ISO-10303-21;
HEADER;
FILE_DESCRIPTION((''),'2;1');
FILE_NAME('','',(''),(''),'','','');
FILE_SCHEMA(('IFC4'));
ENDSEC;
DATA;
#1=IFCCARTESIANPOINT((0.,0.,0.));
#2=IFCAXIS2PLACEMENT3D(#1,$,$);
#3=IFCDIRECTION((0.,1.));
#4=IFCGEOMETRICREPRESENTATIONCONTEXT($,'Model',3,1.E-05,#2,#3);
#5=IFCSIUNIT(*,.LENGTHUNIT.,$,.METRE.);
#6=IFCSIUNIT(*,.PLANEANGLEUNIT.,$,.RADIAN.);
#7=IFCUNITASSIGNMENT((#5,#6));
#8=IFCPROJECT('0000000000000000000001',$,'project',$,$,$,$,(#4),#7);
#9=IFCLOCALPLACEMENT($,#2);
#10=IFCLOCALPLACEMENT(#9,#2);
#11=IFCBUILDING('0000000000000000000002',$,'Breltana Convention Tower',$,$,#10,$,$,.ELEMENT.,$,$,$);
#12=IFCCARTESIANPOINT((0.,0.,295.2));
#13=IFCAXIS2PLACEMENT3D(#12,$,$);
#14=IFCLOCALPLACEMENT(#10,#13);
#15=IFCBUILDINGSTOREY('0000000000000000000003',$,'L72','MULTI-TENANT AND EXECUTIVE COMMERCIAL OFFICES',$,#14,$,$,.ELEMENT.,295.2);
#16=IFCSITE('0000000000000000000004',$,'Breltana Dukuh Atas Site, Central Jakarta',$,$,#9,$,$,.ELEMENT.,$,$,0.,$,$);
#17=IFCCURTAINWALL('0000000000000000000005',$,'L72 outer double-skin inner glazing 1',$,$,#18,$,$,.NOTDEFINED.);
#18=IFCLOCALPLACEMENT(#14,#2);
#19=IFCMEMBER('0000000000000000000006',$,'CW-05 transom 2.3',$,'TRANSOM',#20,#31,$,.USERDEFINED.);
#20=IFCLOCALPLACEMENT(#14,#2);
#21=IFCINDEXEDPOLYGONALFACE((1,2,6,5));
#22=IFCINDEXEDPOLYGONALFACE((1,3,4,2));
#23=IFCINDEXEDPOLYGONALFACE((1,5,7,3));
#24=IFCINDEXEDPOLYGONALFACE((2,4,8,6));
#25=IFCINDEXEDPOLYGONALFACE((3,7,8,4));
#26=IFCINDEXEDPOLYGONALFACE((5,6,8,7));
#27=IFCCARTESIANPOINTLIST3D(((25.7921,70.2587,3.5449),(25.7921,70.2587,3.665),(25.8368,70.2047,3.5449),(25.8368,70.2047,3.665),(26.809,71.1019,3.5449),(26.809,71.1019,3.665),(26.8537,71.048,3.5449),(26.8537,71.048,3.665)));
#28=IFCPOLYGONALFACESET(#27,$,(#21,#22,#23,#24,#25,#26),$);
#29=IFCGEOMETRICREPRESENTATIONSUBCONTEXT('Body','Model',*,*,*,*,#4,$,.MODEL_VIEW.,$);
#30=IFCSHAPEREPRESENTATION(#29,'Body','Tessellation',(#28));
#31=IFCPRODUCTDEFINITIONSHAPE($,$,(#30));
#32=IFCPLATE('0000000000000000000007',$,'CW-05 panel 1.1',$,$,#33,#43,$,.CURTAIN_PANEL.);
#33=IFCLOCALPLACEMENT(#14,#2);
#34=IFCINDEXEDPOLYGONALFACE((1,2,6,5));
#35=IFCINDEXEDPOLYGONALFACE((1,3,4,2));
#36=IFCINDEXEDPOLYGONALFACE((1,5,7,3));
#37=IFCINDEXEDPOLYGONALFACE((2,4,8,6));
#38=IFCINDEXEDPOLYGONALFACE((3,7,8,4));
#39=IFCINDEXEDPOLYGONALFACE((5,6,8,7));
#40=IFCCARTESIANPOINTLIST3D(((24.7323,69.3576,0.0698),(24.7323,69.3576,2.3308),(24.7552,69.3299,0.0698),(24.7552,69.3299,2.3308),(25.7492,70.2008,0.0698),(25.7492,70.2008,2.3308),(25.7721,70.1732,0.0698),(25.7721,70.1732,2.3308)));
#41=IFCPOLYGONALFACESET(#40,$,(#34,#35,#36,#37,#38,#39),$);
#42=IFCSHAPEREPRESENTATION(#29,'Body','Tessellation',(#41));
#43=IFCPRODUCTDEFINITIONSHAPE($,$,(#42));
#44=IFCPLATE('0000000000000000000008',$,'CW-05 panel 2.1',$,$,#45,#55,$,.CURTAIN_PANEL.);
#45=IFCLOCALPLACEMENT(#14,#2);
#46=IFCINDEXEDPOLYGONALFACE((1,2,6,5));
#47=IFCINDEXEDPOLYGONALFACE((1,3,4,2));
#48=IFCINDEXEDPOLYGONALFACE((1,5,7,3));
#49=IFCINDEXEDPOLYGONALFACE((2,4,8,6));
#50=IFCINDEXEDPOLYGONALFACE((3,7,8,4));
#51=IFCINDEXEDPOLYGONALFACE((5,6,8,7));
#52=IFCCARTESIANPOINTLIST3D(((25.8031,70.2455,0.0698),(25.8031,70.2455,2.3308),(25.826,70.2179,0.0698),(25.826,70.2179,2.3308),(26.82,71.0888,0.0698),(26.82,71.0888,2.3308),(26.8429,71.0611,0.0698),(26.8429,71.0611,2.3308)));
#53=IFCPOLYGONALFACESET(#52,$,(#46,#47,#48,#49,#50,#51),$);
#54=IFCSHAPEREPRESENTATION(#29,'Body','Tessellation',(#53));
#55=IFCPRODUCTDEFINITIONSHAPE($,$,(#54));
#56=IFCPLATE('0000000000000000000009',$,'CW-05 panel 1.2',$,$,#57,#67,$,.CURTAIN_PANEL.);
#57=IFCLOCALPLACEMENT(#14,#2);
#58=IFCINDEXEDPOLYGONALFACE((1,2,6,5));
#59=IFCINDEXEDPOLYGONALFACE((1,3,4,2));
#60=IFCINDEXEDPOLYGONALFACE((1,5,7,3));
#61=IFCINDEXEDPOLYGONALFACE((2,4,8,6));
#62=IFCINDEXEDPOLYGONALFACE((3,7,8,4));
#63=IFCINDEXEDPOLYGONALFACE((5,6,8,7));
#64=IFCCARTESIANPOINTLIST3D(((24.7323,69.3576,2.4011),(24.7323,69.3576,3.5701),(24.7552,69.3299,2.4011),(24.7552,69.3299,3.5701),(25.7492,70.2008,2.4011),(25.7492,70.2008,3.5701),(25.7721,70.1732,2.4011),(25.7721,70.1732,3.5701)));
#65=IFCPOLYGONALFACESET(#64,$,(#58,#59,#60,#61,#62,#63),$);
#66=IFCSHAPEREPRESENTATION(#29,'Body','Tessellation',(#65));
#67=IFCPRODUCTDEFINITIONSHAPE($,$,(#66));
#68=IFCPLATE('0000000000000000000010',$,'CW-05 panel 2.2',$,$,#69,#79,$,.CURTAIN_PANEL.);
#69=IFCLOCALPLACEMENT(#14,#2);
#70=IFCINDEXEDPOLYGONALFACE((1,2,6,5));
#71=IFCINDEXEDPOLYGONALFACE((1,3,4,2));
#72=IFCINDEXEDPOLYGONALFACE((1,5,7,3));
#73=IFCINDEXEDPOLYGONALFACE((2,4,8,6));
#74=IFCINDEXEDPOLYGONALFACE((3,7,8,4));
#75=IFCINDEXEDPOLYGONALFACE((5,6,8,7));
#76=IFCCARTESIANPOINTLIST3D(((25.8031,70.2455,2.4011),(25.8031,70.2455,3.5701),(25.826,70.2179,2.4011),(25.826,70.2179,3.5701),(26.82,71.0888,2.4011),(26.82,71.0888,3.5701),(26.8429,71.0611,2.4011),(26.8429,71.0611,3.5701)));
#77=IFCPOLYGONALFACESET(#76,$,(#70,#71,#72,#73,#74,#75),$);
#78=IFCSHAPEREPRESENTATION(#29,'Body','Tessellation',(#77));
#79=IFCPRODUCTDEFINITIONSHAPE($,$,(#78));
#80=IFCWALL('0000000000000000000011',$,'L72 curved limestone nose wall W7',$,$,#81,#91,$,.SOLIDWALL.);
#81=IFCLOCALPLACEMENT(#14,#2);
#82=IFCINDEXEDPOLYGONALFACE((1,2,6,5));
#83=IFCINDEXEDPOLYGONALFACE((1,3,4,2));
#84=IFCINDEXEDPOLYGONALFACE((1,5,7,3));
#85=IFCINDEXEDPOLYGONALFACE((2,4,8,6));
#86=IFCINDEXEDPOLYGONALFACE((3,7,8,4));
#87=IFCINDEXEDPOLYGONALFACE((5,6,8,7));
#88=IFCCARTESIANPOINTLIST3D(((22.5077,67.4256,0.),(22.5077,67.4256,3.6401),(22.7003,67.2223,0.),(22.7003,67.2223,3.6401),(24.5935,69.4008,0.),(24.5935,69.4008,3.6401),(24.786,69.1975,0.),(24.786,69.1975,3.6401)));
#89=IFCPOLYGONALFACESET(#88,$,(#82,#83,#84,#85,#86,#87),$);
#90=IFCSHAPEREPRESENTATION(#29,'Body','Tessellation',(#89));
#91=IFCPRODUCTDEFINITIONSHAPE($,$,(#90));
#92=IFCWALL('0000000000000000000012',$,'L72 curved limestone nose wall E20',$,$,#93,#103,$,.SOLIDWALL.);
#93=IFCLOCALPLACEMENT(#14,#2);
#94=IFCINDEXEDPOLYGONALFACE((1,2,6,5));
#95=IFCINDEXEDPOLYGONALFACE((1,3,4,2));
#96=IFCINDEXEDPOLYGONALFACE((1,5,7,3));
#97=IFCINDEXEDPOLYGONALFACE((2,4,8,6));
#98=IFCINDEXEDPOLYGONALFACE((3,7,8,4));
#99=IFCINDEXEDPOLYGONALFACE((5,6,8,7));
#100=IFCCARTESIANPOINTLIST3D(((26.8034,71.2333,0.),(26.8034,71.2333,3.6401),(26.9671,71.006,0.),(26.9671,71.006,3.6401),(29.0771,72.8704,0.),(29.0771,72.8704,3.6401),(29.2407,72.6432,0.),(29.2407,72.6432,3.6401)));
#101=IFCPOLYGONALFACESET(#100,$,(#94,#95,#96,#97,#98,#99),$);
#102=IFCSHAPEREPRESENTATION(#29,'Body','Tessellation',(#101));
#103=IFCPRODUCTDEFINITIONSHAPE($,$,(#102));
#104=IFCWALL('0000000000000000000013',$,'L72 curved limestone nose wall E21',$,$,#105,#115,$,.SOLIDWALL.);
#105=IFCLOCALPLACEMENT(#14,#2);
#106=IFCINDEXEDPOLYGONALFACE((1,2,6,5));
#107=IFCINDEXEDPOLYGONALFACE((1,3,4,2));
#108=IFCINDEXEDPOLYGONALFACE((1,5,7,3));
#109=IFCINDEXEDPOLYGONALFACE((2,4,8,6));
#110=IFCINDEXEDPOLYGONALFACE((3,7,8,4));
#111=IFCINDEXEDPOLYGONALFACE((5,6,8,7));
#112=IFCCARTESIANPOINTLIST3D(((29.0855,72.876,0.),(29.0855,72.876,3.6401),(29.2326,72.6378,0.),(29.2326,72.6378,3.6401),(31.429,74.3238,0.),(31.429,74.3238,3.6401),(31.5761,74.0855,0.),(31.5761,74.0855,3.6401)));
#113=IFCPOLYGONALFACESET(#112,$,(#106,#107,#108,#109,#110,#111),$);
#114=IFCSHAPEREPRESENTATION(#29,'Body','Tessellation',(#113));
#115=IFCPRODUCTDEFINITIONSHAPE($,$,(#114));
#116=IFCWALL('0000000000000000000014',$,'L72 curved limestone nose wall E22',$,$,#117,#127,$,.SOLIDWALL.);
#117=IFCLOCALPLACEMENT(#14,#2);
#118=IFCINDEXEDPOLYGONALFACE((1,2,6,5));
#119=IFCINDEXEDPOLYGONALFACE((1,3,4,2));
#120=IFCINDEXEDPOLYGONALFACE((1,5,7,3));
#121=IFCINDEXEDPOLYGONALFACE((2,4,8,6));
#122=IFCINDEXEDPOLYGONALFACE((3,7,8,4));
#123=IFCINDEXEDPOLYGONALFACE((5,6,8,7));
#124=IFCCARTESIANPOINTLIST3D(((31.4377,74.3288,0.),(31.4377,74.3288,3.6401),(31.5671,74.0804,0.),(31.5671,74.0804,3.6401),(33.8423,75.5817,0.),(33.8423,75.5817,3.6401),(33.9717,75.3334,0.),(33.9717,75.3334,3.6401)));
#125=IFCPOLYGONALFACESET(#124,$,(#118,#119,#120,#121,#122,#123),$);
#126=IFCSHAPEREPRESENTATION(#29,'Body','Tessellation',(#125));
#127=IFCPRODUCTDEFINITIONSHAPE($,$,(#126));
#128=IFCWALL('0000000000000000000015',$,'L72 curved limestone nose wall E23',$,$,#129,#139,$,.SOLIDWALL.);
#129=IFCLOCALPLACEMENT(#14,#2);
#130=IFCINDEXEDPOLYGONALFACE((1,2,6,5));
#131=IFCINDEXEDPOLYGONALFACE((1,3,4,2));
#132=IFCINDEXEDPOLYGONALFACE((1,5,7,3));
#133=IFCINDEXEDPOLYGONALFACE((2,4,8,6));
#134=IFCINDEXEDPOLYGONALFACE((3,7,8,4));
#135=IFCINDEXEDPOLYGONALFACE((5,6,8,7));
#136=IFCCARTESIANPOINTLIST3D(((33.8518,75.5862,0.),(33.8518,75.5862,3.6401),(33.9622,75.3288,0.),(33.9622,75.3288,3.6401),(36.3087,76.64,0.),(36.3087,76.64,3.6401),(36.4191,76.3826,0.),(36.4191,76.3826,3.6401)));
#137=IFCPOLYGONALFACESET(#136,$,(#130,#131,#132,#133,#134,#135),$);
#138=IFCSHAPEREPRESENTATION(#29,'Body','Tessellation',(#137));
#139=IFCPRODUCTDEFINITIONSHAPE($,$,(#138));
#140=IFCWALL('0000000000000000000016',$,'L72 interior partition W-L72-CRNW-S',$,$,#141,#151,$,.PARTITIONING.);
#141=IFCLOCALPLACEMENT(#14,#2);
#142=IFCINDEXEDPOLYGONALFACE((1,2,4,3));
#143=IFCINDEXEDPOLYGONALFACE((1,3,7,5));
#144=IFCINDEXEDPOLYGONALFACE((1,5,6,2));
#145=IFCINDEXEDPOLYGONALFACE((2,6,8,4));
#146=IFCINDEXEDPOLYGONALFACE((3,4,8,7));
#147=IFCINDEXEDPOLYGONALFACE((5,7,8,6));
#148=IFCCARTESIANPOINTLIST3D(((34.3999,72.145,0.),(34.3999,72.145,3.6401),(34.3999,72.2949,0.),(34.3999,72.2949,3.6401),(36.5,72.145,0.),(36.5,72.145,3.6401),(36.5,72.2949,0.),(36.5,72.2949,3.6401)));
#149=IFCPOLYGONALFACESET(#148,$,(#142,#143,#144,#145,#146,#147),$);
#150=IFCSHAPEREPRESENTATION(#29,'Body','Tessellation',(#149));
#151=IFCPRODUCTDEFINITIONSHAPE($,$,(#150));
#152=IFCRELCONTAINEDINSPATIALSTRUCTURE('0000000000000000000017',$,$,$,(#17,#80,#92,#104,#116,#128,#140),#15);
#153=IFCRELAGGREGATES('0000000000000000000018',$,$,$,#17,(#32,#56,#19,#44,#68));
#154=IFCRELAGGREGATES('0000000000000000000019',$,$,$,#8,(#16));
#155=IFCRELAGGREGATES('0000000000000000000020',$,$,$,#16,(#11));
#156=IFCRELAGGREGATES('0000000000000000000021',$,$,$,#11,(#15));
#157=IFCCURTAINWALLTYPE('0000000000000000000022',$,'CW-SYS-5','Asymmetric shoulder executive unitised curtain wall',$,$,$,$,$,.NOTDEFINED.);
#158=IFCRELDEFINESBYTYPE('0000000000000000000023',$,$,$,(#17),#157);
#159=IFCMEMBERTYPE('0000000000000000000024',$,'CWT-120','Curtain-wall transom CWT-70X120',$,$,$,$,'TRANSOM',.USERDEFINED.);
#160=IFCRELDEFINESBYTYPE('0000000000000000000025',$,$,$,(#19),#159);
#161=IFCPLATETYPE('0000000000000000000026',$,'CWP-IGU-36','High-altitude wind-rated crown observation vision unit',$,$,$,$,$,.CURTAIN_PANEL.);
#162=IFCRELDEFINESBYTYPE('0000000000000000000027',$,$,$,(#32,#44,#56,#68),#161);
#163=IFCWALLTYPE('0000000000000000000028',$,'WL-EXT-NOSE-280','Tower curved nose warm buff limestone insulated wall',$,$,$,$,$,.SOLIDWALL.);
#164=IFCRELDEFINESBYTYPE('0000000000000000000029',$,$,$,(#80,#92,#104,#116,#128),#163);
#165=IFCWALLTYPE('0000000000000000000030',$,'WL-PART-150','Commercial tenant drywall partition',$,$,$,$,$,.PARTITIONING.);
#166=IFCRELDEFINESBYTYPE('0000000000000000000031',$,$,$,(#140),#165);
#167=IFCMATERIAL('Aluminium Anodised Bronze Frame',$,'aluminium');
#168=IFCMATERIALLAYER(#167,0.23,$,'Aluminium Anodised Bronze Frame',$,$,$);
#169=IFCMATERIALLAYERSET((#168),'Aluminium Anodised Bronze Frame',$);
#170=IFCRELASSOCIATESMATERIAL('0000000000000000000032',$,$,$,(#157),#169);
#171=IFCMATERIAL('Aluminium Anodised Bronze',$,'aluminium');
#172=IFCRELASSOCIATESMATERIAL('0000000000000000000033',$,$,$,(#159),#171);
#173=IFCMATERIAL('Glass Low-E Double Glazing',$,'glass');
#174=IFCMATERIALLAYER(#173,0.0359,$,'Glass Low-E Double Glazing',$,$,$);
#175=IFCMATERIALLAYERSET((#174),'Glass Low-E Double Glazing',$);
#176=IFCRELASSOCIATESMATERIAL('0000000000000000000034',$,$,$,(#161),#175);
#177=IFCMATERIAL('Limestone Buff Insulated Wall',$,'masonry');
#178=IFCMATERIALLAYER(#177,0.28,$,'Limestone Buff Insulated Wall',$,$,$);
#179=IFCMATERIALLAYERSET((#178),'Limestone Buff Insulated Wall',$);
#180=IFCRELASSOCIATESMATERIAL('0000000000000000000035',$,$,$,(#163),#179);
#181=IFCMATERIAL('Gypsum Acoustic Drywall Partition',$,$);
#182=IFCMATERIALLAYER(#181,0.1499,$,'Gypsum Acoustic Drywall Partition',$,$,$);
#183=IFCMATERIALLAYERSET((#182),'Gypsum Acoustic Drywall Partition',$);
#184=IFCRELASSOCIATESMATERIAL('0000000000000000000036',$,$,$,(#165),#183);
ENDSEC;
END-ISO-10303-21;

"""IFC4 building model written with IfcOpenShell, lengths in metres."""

from ifc_helpers import new_model, si_unit, direction, frame, frame_2d, origin, origin_2d, place, context, subcontext, project, spatial, rectangle, extrude, source, transform, mapped, material, layer, layer_set, material_profile, profile_set, type_object, element, aggregate, save


model = new_model("IFC4")

# Units and contexts
model_context = context("Model", 3, precision=1e-05, world=origin(), true_north=direction((0.0, 1.0)))
body_context = subcontext(model_context, "Body", "Model", "MODEL_VIEW")
ifc_project = project(units=[si_unit("LENGTHUNIT", "METRE"), si_unit("PLANEANGLEUNIT", "RADIAN")], contexts=[model_context])

# Site, building, storey
site_placement = place(None, origin())
site = spatial("IfcSite", under=ifc_project, at=site_placement, Name="Breltana Dukuh Atas Site, Central Jakarta", CompositionType="ELEMENT", RefElevation=0.0)
building_placement = place(site_placement, origin())
building = spatial("IfcBuilding", under=site, at=building_placement, Name="Breltana Convention Tower", CompositionType="ELEMENT")
storey_placement = place(building_placement, frame((0.0, 0.0, 295.2)))
storey = spatial("IfcBuildingStorey", under=building, at=storey_placement, Name="L72", Description="MULTI-TENANT AND EXECUTIVE COMMERCIAL OFFICES", CompositionType="ELEMENT", Elevation=295.2)

# Curtain wall, member, plates
ifc_material_1 = material(Name="Aluminium Anodised Bronze Frame", Category="aluminium")
ifc_layer_1 = layer(ifc_material_1, 0.23, Name="Aluminium Anodised Bronze Frame")
ifc_layer_set_1 = layer_set([ifc_layer_1], Name="Aluminium Anodised Bronze Frame")
curtain_wall_type = type_object("IfcCurtainWallType", Name="CW-SYS-5", Description="Asymmetric shoulder executive unitised curtain wall", PredefinedType="NOTDEFINED", material=ifc_layer_set_1)
curtain_wall_placement = place(storey_placement, origin())
curtain_wall = element("IfcCurtainWall", 1, at=curtain_wall_placement, inside=storey, type_object=curtain_wall_type, Name="L72 outer double-skin inner glazing 1", PredefinedType="NOTDEFINED")
ifc_material_2 = material(Name="Aluminium Anodised Bronze", Category="aluminium")
ifc_material_profile_1 = material_profile(ifc_material_2, rectangle(XDim=0.0701, YDim=0.1201, at=origin_2d()), Name="CWT-70X120")
ifc_profile_set_1 = profile_set([ifc_material_profile_1], Name="Aluminium Anodised Bronze")
member_type_1 = type_object("IfcMemberType", Name="CWT-120", Description="Curtain-wall transom CWT-70X120", ElementType="TRANSOM", PredefinedType="USERDEFINED", material=ifc_profile_set_1)
shared_shape_1 = source(origin(), body_context, "Body", "SweptSolid", [
    extrude(rectangle(XDim=0.0701, YDim=0.1201, at=origin_2d()), origin(), (0.0, 0.0, 1.0), 1.321),
])
member_1_placement = place(storey_placement, frame((25.8145, 70.2317, 3.605), z_axis=(0.769749, 0.638347, 0.0), x_axis=(-0.638347, 0.769749, 0.0)))
member_1 = element("IfcMember", 2, at=member_1_placement, type_object=member_type_1, Name="CW-05 transom 2.3", ObjectType="TRANSOM", PredefinedType="USERDEFINED", context=body_context, shape_type="MappedRepresentation", body=[
    mapped(shared_shape_1, transform((0.0, 0.0, 0.0), scale=1.0)),
])
ifc_material_3 = material(Name="Glass Low-E Double Glazing", Category="glass")
ifc_layer_2 = layer(ifc_material_3, 0.0359, Name="Glass Low-E Double Glazing")
ifc_layer_set_2 = layer_set([ifc_layer_2], Name="Glass Low-E Double Glazing")
plate_type = type_object("IfcPlateType", Name="CWP-IGU-36", Description="High-altitude wind-rated crown observation vision unit", PredefinedType="CURTAIN_PANEL", material=ifc_layer_set_2)
shared_shape_2 = source(origin(), body_context, "Body", "SweptSolid", [
    extrude(rectangle(XDim=1.321, YDim=0.0359, at=origin_2d()), origin(), (0.0, 0.0, 1.0), 2.261),
])
plate_1_placement = place(storey_placement, frame((25.2522, 69.7654, 0.0698), z_axis=(0.0, 0.0, 1.0), x_axis=(0.769771, 0.63832, 0.0)))
plate_1 = element("IfcPlate", 3, at=plate_1_placement, type_object=plate_type, Name="CW-05 panel 1.1", PredefinedType="CURTAIN_PANEL", context=body_context, shape_type="MappedRepresentation", body=[
    mapped(shared_shape_2, transform((0.0, 0.0, 0.0), scale=1.0)),
])
plate_2_placement = place(storey_placement, frame((26.323, 70.6533, 0.0698), z_axis=(0.0, 0.0, 1.0), x_axis=(0.769771, 0.63832, 0.0)))
plate_2 = element("IfcPlate", 4, at=plate_2_placement, type_object=plate_type, Name="CW-05 panel 2.1", PredefinedType="CURTAIN_PANEL", context=body_context, shape_type="MappedRepresentation", body=[
    mapped(shared_shape_2, transform((0.0, 0.0, 0.0), scale=1.0)),
])
shared_shape_3 = source(origin(), body_context, "Body", "SweptSolid", [
    extrude(rectangle(XDim=1.321, YDim=0.0359, at=origin_2d()), origin(), (0.0, 0.0, 1.0), 1.1689),
])
plate_3_placement = place(storey_placement, frame((25.2522, 69.7654, 2.4011), z_axis=(0.0, 0.0, 1.0), x_axis=(0.769771, 0.63832, 0.0)))
plate_3 = element("IfcPlate", 5, at=plate_3_placement, type_object=plate_type, Name="CW-05 panel 1.2", PredefinedType="CURTAIN_PANEL", context=body_context, shape_type="MappedRepresentation", body=[
    mapped(shared_shape_3, transform((0.0, 0.0, 0.0), scale=1.0)),
])
plate_4_placement = place(storey_placement, frame((26.323, 70.6533, 2.4011), z_axis=(0.0, 0.0, 1.0), x_axis=(0.769771, 0.63832, 0.0)))
plate_4 = element("IfcPlate", 6, at=plate_4_placement, type_object=plate_type, Name="CW-05 panel 2.2", PredefinedType="CURTAIN_PANEL", context=body_context, shape_type="MappedRepresentation", body=[
    mapped(shared_shape_3, transform((0.0, 0.0, 0.0), scale=1.0)),
])
aggregate(curtain_wall, [plate_1, plate_3, member_1, plate_2, plate_4])

# Walls
ifc_material_4 = material(Name="Limestone Buff Insulated Wall", Category="masonry")
ifc_layer_3 = layer(ifc_material_4, 0.28, Name="Limestone Buff Insulated Wall")
ifc_layer_set_3 = layer_set([ifc_layer_3], Name="Limestone Buff Insulated Wall")
wall_type_1 = type_object("IfcWallType", Name="WL-EXT-NOSE-280", Description="Tower curved nose warm buff limestone insulated wall", PredefinedType="SOLIDWALL", material=ifc_layer_set_3)
shared_shape_4 = source(origin(), body_context, "Body", "SweptSolid", [
    extrude(rectangle(XDim=2.8726, YDim=0.28, at=frame_2d((1.4363, 0.0))), origin(), (0.0, 0.0, 1.0), 3.6401),
])
wall_1_placement = place(storey_placement, frame((22.604, 67.324, 0.0), z_axis=(0.0, 0.0, 1.0), x_axis=(0.726096, 0.687594, 0.0)))
element("IfcWall", 7, at=wall_1_placement, inside=storey, type_object=wall_type_1, Name="L72 curved limestone nose wall W7", PredefinedType="SOLIDWALL", context=body_context, shape_type="MappedRepresentation", body=[
    mapped(shared_shape_4, transform((0.0, 0.0, 0.0), scale=1.0)),
])
shared_shape_5 = source(origin(), body_context, "Body", "SweptSolid", [
    extrude(rectangle(XDim=2.8018, YDim=0.28, at=frame_2d((1.4009, 0.0))), origin(), (0.0, 0.0, 1.0), 3.6401),
])
wall_2_placement = place(storey_placement, frame((26.8853, 71.1196, 0.0), z_axis=(0.0, 0.0, 1.0), x_axis=(0.811508, 0.584341, 0.0)))
element("IfcWall", 8, at=wall_2_placement, inside=storey, type_object=wall_type_1, Name="L72 curved limestone nose wall E20", PredefinedType="SOLIDWALL", context=body_context, shape_type="MappedRepresentation", body=[
    mapped(shared_shape_5, transform((0.0, 0.0, 0.0), scale=1.0)),
])
shared_shape_6 = source(origin(), body_context, "Body", "SweptSolid", [
    extrude(rectangle(XDim=2.7546, YDim=0.28, at=frame_2d((1.3774, 0.0))), origin(), (0.0, 0.0, 1.0), 3.6401),
])
wall_3_placement = place(storey_placement, frame((29.1589, 72.7568, 0.0), z_axis=(0.0, 0.0, 1.0), x_axis=(0.85075, 0.52557, 0.0)))
element("IfcWall", 9, at=wall_3_placement, inside=storey, type_object=wall_type_1, Name="L72 curved limestone nose wall E21", PredefinedType="SOLIDWALL", context=body_context, shape_type="MappedRepresentation", body=[
    mapped(shared_shape_6, transform((0.0, 0.0, 0.0), scale=1.0)),
])
shared_shape_7 = source(origin(), body_context, "Body", "SweptSolid", [
    extrude(rectangle(XDim=2.7114, YDim=0.28, at=frame_2d((1.3557, 0.0))), origin(), (0.0, 0.0, 1.0), 3.6401),
])
wall_4_placement = place(storey_placement, frame((31.5024, 74.2046, 0.0), z_axis=(0.0, 0.0, 1.0), x_axis=(0.886829, 0.462098, 0.0)))
element("IfcWall", 10, at=wall_4_placement, inside=storey, type_object=wall_type_1, Name="L72 curved limestone nose wall E22", PredefinedType="SOLIDWALL", context=body_context, shape_type="MappedRepresentation", body=[
    mapped(shared_shape_7, transform((0.0, 0.0, 0.0), scale=1.0)),
])
shared_shape_8 = source(origin(), body_context, "Body", "SweptSolid", [
    extrude(rectangle(XDim=2.6733, YDim=0.28, at=frame_2d((1.3367, 0.0))), origin(), (0.0, 0.0, 1.0), 3.6401),
])
wall_5_placement = place(storey_placement, frame((33.907, 75.4575, 0.0), z_axis=(0.0, 0.0, 1.0), x_axis=(0.919036, 0.394173, 0.0)))
element("IfcWall", 11, at=wall_5_placement, inside=storey, type_object=wall_type_1, Name="L72 curved limestone nose wall E23", PredefinedType="SOLIDWALL", context=body_context, shape_type="MappedRepresentation", body=[
    mapped(shared_shape_8, transform((0.0, 0.0, 0.0), scale=1.0)),
])
ifc_material_5 = material(Name="Gypsum Acoustic Drywall Partition")
ifc_layer_4 = layer(ifc_material_5, 0.1499, Name="Gypsum Acoustic Drywall Partition")
ifc_layer_set_4 = layer_set([ifc_layer_4], Name="Gypsum Acoustic Drywall Partition")
wall_type_2 = type_object("IfcWallType", Name="WL-PART-150", Description="Commercial tenant drywall partition", PredefinedType="PARTITIONING", material=ifc_layer_set_4)
shared_shape_9 = source(origin(), body_context, "Body", "SweptSolid", [
    extrude(rectangle(XDim=2.1001, YDim=0.1499, at=frame_2d((1.05, 0.0))), origin(), (0.0, 0.0, 1.0), 3.6401),
])
wall_6_placement = place(storey_placement, frame((34.3999, 72.22, 0.0), z_axis=(0.0, 0.0, 1.0), x_axis=(1.0, 0.0, 0.0)))
element("IfcWall", 12, at=wall_6_placement, inside=storey, type_object=wall_type_2, Name="L72 interior partition W-L72-CRNW-S", PredefinedType="PARTITIONING", context=body_context, shape_type="MappedRepresentation", body=[
    mapped(shared_shape_9, transform((0.0, 0.0, 0.0), scale=1.0)),
])

save(model, "model.ifc")
